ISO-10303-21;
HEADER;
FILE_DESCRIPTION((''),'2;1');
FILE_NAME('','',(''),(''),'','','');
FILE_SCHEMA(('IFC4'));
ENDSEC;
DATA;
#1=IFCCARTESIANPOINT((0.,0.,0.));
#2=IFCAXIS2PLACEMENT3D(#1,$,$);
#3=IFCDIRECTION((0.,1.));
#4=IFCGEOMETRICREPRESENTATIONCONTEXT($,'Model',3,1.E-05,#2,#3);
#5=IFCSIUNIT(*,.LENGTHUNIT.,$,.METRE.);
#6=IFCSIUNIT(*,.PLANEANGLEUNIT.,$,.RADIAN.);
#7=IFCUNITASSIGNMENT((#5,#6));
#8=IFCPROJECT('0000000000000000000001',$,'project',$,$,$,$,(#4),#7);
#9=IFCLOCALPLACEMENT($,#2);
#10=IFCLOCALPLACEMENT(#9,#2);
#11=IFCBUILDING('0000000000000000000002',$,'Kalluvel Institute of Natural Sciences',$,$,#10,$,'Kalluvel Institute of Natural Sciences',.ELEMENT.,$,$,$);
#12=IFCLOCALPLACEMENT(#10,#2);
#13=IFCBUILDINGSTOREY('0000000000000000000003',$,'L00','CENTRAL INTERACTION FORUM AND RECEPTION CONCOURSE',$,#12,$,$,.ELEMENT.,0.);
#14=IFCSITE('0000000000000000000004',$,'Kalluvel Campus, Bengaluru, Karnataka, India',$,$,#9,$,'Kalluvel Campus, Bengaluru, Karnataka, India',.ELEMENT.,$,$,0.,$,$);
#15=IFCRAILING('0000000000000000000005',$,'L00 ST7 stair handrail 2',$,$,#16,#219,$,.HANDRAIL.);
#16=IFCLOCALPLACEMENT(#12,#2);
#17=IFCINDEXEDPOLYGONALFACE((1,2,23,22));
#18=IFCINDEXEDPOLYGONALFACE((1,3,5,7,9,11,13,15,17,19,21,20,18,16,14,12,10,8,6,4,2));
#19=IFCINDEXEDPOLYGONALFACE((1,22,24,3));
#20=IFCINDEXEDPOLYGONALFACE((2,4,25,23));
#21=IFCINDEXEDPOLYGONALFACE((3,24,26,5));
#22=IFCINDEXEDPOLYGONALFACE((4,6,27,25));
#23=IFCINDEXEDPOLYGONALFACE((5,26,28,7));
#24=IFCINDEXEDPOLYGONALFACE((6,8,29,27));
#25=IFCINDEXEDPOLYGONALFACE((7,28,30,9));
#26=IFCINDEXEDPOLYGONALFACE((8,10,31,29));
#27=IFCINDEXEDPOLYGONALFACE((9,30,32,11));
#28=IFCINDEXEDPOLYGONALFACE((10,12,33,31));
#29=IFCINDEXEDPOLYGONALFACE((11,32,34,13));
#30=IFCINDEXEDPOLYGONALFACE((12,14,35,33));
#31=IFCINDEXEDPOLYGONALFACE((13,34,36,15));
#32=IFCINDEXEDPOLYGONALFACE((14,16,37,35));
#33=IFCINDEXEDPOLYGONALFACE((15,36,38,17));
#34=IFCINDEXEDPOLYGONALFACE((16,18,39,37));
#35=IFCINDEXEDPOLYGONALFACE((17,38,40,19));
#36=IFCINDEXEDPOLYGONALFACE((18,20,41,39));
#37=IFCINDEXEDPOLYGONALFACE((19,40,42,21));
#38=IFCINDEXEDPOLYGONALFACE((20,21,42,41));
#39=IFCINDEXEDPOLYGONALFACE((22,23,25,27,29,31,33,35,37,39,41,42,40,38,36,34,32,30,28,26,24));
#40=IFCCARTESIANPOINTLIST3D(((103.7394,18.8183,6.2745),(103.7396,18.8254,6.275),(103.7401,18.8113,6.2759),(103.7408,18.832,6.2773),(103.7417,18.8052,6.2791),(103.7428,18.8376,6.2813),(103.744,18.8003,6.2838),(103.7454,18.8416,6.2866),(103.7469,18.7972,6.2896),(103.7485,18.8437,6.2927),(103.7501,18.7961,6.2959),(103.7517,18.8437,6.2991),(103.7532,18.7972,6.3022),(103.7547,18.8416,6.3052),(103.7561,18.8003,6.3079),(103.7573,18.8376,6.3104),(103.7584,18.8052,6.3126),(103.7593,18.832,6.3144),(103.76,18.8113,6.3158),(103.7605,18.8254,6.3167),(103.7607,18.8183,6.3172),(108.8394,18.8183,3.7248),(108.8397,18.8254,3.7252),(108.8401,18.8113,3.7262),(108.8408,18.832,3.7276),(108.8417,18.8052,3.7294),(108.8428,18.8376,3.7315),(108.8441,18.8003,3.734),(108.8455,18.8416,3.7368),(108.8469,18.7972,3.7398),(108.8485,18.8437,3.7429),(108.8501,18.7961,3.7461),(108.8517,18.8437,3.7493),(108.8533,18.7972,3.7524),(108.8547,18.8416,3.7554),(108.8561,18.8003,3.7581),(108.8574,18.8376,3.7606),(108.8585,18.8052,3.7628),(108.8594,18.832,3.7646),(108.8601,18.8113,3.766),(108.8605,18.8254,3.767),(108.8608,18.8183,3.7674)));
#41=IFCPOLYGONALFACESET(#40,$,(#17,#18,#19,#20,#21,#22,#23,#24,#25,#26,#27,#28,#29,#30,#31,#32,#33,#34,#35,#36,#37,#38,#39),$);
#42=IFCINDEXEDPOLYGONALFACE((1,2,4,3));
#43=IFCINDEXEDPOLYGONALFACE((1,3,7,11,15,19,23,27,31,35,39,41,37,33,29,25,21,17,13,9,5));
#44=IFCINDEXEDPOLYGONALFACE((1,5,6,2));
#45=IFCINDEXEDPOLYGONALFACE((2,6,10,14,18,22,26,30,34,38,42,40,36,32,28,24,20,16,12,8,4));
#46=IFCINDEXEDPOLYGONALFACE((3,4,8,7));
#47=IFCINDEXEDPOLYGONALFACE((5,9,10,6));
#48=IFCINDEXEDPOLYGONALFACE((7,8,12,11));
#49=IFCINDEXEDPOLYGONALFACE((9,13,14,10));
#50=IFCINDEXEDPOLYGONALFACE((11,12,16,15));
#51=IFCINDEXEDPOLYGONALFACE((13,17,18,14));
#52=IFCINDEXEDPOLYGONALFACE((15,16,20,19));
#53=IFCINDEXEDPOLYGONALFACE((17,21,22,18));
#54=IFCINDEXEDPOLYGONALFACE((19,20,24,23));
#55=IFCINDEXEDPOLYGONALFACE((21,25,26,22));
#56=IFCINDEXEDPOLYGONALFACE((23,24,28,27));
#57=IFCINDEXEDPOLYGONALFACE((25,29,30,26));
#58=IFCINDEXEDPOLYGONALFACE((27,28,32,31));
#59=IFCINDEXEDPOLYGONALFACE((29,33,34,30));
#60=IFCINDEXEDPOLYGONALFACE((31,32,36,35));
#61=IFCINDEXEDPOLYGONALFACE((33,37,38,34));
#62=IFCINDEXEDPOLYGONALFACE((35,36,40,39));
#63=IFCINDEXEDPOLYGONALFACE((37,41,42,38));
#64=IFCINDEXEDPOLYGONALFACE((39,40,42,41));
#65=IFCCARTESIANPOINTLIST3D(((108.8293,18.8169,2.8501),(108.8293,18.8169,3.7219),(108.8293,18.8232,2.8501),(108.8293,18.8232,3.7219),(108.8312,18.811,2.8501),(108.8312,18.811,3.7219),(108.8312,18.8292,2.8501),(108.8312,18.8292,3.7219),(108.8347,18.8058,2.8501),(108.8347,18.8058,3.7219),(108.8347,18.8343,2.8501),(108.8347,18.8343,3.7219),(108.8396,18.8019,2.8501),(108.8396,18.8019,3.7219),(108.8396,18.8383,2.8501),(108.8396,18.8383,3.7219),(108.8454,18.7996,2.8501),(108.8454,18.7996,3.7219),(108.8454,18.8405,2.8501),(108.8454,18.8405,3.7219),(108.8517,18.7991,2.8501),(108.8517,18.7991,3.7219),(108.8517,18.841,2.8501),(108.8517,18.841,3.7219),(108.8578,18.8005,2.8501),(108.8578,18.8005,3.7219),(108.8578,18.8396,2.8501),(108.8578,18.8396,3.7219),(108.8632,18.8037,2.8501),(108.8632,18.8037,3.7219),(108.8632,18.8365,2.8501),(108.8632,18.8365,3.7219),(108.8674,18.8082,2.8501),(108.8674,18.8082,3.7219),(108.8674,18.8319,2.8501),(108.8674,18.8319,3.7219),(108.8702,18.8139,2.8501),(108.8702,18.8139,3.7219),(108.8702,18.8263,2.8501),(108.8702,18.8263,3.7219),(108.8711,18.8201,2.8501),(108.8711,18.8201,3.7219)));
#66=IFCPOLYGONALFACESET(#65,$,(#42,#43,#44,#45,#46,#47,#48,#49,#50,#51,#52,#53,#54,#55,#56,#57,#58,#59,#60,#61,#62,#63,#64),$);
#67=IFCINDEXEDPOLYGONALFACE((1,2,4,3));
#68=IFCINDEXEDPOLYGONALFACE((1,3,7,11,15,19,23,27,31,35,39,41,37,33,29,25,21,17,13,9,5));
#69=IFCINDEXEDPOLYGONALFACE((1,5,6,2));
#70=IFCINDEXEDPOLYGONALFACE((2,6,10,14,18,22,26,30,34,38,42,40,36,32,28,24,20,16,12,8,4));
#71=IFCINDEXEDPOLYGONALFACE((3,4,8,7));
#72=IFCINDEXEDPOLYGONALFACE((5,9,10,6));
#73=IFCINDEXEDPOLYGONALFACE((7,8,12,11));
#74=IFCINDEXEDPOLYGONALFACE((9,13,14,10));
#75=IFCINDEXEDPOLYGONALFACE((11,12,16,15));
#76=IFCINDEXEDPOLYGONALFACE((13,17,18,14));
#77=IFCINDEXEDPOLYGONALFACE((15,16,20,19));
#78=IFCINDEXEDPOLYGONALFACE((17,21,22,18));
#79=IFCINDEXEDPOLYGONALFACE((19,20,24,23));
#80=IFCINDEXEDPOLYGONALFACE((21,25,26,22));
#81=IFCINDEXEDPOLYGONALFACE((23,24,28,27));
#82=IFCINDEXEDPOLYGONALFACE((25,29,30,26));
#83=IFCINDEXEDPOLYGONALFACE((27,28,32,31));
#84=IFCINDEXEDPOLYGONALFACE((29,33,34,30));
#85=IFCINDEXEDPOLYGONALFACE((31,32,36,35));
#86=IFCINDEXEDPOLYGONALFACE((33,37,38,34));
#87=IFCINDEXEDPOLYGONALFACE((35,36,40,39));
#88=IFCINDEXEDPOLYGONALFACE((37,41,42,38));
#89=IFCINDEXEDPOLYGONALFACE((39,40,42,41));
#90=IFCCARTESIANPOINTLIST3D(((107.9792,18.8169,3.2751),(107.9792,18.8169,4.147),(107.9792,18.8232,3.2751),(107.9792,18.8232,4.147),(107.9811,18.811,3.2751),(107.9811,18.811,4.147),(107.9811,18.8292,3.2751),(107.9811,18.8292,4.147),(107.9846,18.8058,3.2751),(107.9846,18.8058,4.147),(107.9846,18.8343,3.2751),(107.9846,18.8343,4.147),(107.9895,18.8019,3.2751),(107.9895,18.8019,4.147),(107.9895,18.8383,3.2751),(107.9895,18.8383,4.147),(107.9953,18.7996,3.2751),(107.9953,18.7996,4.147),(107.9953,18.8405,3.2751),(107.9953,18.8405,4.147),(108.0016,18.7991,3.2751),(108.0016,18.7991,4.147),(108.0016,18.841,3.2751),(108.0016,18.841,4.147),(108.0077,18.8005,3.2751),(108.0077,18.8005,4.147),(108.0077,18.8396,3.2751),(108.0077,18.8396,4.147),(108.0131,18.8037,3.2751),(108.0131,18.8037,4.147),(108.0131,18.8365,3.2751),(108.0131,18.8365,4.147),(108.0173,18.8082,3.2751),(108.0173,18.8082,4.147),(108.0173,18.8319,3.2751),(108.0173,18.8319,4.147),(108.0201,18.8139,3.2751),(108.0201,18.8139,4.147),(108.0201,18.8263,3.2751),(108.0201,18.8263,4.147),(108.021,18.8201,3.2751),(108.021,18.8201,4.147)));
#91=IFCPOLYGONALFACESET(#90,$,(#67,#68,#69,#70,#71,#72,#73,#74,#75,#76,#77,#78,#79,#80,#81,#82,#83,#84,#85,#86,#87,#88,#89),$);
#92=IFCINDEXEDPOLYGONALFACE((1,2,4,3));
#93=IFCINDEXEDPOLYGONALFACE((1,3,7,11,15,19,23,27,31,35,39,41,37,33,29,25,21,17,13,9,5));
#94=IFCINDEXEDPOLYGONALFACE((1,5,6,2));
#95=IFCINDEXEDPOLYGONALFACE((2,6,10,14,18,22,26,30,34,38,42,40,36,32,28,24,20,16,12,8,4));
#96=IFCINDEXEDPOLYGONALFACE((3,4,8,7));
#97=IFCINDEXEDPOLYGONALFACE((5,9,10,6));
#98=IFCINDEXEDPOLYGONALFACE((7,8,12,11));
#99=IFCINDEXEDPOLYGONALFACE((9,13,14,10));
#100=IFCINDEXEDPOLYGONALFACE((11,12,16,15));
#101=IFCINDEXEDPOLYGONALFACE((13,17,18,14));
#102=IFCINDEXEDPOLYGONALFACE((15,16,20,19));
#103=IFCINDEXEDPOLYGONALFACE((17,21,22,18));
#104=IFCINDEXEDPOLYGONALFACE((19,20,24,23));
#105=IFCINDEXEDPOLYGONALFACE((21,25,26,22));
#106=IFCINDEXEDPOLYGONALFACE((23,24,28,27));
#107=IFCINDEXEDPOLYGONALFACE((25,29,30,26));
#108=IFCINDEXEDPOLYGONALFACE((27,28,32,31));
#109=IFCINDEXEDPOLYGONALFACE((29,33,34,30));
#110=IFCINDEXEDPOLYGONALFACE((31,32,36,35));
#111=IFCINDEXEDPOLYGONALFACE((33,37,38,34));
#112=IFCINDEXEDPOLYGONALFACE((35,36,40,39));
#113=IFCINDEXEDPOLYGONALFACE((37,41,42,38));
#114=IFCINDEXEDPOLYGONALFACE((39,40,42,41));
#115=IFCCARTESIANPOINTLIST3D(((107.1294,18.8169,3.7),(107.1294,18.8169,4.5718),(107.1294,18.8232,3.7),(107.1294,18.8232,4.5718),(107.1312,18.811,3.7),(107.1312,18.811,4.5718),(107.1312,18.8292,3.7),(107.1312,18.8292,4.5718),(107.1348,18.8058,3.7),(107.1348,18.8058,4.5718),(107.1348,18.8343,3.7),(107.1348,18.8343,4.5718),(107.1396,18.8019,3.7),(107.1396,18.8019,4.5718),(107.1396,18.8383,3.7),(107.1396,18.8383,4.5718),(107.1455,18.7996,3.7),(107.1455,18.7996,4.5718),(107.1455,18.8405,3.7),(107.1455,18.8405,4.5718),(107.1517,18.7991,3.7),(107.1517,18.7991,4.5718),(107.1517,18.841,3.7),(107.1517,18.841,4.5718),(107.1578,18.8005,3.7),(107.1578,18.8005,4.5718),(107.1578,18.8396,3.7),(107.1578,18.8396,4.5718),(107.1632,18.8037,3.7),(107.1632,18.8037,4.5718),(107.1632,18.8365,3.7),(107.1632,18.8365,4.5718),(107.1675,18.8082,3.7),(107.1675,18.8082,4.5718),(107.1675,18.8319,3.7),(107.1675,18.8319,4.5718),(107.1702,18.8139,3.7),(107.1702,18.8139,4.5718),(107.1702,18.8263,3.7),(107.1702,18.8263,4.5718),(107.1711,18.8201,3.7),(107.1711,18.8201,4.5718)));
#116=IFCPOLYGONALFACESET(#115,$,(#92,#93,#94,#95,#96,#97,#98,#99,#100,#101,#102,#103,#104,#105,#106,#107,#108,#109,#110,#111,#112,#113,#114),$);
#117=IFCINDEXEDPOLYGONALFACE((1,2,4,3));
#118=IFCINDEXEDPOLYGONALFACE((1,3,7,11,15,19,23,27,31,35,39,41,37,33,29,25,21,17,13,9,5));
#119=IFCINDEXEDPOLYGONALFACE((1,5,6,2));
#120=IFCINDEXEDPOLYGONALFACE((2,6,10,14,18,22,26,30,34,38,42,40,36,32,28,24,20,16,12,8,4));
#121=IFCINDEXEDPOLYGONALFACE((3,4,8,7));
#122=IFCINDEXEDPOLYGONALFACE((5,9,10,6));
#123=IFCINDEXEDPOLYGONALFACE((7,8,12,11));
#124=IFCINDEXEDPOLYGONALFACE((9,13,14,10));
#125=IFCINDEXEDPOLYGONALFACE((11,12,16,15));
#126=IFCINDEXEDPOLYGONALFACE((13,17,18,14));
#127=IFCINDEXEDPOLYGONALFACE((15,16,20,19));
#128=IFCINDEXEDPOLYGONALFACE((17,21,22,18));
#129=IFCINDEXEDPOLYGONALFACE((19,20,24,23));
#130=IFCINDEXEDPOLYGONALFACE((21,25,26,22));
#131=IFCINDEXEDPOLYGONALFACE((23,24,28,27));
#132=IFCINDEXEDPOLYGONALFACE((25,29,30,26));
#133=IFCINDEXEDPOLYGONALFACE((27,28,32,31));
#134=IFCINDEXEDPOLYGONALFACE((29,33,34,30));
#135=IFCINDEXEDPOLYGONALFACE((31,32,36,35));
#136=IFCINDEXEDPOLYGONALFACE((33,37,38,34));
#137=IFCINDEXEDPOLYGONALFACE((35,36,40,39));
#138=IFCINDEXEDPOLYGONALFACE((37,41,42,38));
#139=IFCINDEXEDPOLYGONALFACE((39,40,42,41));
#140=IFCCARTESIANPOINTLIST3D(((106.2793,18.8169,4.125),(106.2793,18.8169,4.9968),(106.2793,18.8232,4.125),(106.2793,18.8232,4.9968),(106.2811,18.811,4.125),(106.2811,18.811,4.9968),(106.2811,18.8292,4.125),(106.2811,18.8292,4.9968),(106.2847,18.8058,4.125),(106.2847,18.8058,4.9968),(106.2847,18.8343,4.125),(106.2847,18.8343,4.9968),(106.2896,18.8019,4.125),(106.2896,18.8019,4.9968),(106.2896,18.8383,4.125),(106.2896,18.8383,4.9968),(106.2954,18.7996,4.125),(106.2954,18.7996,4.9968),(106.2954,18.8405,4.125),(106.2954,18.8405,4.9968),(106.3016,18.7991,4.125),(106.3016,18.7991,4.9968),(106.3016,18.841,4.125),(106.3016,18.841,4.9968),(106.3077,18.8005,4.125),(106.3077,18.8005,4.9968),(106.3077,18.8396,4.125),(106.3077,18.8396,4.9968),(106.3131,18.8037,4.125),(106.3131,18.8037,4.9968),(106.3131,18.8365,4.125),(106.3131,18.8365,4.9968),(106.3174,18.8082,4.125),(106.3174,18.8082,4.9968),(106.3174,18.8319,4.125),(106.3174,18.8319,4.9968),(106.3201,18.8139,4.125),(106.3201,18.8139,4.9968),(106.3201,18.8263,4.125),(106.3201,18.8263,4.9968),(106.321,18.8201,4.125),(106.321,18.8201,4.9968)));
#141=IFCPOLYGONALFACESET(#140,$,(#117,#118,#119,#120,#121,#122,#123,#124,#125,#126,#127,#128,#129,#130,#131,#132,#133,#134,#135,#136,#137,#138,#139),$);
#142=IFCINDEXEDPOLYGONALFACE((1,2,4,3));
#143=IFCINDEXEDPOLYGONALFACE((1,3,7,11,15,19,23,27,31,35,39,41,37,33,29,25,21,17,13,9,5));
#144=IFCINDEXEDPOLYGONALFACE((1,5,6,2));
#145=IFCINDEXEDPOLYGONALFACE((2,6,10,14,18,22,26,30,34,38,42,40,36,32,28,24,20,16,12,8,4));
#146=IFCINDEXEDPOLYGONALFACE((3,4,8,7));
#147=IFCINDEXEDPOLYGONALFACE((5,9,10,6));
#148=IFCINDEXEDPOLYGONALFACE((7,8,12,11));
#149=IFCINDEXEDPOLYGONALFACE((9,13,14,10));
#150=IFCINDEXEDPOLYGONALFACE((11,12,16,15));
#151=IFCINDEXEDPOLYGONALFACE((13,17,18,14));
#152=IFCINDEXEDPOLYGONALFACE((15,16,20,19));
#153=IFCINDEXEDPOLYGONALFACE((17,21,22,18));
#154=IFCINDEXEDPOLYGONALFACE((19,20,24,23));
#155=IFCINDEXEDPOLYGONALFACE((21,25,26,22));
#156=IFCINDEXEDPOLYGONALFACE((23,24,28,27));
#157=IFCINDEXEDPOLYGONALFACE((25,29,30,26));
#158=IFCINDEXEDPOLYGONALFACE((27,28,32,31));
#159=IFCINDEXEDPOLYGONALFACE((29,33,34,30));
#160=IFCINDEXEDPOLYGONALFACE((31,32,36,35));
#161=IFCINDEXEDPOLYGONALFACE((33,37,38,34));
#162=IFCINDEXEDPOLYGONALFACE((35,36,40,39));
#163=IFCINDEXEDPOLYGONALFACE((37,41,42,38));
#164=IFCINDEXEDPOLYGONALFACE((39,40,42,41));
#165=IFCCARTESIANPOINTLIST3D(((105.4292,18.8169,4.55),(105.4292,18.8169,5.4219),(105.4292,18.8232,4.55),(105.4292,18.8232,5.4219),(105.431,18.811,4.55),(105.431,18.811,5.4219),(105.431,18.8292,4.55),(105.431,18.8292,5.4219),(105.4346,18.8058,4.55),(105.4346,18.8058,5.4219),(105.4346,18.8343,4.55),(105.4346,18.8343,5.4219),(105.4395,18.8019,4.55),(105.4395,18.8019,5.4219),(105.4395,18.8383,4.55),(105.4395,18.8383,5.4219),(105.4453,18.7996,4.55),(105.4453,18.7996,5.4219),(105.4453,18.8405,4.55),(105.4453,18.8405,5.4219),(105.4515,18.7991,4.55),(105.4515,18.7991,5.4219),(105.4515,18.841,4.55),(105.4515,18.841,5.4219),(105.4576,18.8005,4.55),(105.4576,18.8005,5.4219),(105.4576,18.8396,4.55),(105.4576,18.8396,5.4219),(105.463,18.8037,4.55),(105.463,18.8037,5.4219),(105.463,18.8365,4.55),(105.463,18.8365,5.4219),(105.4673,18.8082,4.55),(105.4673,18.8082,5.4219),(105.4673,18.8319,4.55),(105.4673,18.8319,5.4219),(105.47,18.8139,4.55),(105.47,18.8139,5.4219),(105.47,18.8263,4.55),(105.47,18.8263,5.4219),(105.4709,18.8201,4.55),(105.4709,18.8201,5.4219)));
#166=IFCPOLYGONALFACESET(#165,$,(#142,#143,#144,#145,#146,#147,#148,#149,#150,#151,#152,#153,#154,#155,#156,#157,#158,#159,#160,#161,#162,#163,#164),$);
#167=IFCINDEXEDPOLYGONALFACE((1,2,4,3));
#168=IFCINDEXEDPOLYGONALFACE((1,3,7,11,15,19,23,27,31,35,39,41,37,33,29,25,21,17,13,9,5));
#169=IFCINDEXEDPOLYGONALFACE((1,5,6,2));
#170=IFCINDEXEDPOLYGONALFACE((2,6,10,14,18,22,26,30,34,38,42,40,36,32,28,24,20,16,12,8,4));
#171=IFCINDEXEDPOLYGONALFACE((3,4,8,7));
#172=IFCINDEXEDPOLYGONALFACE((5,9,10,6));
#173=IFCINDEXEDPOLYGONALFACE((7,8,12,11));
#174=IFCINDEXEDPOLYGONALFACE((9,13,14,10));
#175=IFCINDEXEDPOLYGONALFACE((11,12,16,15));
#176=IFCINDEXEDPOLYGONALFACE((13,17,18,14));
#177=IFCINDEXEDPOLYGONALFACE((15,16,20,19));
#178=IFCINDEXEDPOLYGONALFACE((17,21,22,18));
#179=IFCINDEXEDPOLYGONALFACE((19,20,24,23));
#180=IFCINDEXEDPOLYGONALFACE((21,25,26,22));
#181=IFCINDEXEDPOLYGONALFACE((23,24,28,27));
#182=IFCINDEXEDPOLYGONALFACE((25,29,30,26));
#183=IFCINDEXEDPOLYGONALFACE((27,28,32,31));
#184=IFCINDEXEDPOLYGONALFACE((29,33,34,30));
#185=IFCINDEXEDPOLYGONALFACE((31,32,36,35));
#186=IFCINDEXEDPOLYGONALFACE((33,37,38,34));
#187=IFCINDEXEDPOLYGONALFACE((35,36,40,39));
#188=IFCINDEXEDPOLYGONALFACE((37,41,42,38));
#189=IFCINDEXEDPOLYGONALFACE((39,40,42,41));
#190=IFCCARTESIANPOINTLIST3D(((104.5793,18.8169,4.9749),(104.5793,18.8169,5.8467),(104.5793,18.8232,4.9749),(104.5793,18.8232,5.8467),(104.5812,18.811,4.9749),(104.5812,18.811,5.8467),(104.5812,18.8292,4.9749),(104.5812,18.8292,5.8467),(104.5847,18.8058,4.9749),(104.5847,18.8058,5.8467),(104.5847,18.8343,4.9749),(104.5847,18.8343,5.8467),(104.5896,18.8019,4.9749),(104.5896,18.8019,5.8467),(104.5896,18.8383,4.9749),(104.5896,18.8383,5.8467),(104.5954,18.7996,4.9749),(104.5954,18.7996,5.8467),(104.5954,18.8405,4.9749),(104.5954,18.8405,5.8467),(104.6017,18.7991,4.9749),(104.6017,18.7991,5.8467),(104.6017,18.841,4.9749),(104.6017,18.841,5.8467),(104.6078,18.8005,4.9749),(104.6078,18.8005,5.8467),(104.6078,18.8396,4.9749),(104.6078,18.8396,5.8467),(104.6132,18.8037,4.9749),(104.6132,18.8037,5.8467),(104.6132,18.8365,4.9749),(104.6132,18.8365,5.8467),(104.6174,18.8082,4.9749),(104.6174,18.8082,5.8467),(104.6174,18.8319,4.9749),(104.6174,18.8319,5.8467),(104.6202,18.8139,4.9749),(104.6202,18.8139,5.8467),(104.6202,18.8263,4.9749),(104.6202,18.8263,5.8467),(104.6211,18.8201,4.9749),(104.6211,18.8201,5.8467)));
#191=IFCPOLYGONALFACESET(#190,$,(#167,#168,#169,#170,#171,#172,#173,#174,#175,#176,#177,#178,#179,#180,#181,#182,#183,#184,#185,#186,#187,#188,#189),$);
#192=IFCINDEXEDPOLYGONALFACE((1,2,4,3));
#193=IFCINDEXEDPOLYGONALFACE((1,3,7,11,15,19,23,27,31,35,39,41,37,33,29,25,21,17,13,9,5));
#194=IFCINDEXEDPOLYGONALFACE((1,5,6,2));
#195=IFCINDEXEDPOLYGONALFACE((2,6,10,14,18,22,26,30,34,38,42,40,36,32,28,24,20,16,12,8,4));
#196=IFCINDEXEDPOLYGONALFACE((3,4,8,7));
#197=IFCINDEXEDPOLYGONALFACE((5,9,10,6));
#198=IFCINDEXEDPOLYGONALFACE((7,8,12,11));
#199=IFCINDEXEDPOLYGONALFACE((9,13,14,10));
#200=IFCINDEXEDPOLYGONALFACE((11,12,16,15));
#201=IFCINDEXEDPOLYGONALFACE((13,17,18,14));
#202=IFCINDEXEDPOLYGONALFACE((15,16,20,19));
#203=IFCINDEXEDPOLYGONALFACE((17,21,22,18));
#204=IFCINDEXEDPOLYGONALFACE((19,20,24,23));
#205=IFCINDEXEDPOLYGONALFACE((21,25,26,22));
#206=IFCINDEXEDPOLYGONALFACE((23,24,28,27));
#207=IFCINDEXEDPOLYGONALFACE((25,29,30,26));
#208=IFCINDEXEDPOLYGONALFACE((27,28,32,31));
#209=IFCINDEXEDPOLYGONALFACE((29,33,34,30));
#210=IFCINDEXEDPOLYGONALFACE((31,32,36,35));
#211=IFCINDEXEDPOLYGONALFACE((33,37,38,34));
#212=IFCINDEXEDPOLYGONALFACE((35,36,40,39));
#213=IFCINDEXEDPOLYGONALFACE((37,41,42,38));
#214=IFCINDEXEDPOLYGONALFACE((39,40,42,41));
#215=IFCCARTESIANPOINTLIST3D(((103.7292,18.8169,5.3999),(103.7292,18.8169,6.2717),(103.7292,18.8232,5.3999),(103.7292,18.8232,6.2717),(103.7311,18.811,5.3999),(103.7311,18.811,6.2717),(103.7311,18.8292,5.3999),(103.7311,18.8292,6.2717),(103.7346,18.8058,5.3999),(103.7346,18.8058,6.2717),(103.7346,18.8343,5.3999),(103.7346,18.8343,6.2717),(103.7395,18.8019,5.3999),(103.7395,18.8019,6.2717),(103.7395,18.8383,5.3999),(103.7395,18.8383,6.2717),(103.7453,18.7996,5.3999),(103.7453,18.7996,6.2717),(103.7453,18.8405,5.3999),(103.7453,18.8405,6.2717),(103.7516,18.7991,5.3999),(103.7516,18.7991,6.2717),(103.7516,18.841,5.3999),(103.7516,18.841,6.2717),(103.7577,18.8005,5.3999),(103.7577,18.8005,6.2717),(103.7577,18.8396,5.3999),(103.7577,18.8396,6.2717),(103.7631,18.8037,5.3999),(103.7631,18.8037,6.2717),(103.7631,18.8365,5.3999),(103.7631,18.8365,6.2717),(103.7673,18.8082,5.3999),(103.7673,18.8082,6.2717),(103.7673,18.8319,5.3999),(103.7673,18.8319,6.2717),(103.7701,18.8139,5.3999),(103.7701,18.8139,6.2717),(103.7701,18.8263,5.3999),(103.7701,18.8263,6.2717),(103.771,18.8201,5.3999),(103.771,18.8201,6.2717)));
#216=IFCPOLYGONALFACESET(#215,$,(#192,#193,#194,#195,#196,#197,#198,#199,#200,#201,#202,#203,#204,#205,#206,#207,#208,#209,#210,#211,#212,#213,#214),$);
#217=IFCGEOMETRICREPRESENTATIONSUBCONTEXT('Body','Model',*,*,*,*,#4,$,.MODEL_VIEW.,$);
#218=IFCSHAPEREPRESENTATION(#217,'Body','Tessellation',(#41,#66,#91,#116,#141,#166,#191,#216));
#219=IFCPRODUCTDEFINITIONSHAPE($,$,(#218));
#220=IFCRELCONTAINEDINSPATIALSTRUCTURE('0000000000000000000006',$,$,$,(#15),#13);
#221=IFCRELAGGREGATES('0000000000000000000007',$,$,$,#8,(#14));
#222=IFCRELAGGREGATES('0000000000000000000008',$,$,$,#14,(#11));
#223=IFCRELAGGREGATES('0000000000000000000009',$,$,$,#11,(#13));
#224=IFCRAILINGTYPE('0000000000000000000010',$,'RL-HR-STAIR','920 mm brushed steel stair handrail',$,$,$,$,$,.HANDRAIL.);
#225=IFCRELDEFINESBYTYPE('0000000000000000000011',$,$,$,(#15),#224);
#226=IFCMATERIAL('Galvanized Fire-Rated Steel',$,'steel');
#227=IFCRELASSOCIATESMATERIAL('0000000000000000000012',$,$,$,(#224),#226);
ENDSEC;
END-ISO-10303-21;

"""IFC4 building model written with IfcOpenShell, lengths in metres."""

from ifc_helpers import new_model, si_unit, direction, frame, origin, origin_2d, place, context, subcontext, project, spatial, circle, extrude, material, type_object, element, save


model = new_model("IFC4")

# Units and contexts
model_context = context("Model", 3, precision=1e-05, world=origin(), true_north=direction((0.0, 1.0)))
body_context = subcontext(model_context, "Body", "Model", "MODEL_VIEW")
ifc_project = project(units=[si_unit("LENGTHUNIT", "METRE"), si_unit("PLANEANGLEUNIT", "RADIAN")], contexts=[model_context])

# Site, building, storey
site_placement = place(None, origin())
site = spatial("IfcSite", under=ifc_project, at=site_placement, Name="Kalluvel Campus, Bengaluru, Karnataka, India", LongName="Kalluvel Campus, Bengaluru, Karnataka, India", CompositionType="ELEMENT", RefElevation=0.0)
building_placement = place(site_placement, origin())
building = spatial("IfcBuilding", under=site, at=building_placement, Name="Kalluvel Institute of Natural Sciences", LongName="Kalluvel Institute of Natural Sciences", CompositionType="ELEMENT")
storey_placement = place(building_placement, origin())
storey = spatial("IfcBuildingStorey", under=building, at=storey_placement, Name="L00", Description="CENTRAL INTERACTION FORUM AND RECEPTION CONCOURSE", CompositionType="ELEMENT", Elevation=0.0)

# Railing
ifc_material_1 = material(Name="Galvanized Fire-Rated Steel", Category="steel")
railing_type = type_object("IfcRailingType", Name="RL-HR-STAIR", Description="920 mm brushed steel stair handrail", PredefinedType="HANDRAIL", material=ifc_material_1)
railing_placement = place(storey_placement, frame((108.8501, 18.8201, 2.8501)))
element("IfcRailing", 1, at=railing_placement, inside=storey, type_object=railing_type, Name="L00 ST7 stair handrail 2", PredefinedType="HANDRAIL", context=body_context, shape_type="SweptSolid", body=[
    extrude(circle(Radius=0.0239, at=origin_2d()), frame((0.0, 0.0, 0.896), z_axis=(-0.894444, 0.0, 0.447179), x_axis=(0.0, -1.0, 0.0)), (0.0, 0.0, 1.0), 5.7019),
    extrude(circle(Radius=0.021, at=origin_2d()), origin(), (0.0, 0.0, 1.0), 0.8718),
    extrude(circle(Radius=0.021, at=origin_2d()), frame((-0.8501, 0.0, 0.425)), (0.0, 0.0, 1.0), 0.8718),
    extrude(circle(Radius=0.021, at=origin_2d()), frame((-1.7, 0.0, 0.8499)), (0.0, 0.0, 1.0), 0.8718),
    extrude(circle(Radius=0.021, at=origin_2d()), frame((-2.55, 0.0, 1.2749)), (0.0, 0.0, 1.0), 0.8718),
    extrude(circle(Radius=0.021, at=origin_2d()), frame((-3.4001, 0.0, 1.7)), (0.0, 0.0, 1.0), 0.8718),
    extrude(circle(Radius=0.021, at=origin_2d()), frame((-4.25, 0.0, 2.1248)), (0.0, 0.0, 1.0), 0.8718),
    extrude(circle(Radius=0.021, at=origin_2d()), frame((-5.1001, 0.0, 2.5498)), (0.0, 0.0, 1.0), 0.8718),
])

save(model, "model.ifc")
